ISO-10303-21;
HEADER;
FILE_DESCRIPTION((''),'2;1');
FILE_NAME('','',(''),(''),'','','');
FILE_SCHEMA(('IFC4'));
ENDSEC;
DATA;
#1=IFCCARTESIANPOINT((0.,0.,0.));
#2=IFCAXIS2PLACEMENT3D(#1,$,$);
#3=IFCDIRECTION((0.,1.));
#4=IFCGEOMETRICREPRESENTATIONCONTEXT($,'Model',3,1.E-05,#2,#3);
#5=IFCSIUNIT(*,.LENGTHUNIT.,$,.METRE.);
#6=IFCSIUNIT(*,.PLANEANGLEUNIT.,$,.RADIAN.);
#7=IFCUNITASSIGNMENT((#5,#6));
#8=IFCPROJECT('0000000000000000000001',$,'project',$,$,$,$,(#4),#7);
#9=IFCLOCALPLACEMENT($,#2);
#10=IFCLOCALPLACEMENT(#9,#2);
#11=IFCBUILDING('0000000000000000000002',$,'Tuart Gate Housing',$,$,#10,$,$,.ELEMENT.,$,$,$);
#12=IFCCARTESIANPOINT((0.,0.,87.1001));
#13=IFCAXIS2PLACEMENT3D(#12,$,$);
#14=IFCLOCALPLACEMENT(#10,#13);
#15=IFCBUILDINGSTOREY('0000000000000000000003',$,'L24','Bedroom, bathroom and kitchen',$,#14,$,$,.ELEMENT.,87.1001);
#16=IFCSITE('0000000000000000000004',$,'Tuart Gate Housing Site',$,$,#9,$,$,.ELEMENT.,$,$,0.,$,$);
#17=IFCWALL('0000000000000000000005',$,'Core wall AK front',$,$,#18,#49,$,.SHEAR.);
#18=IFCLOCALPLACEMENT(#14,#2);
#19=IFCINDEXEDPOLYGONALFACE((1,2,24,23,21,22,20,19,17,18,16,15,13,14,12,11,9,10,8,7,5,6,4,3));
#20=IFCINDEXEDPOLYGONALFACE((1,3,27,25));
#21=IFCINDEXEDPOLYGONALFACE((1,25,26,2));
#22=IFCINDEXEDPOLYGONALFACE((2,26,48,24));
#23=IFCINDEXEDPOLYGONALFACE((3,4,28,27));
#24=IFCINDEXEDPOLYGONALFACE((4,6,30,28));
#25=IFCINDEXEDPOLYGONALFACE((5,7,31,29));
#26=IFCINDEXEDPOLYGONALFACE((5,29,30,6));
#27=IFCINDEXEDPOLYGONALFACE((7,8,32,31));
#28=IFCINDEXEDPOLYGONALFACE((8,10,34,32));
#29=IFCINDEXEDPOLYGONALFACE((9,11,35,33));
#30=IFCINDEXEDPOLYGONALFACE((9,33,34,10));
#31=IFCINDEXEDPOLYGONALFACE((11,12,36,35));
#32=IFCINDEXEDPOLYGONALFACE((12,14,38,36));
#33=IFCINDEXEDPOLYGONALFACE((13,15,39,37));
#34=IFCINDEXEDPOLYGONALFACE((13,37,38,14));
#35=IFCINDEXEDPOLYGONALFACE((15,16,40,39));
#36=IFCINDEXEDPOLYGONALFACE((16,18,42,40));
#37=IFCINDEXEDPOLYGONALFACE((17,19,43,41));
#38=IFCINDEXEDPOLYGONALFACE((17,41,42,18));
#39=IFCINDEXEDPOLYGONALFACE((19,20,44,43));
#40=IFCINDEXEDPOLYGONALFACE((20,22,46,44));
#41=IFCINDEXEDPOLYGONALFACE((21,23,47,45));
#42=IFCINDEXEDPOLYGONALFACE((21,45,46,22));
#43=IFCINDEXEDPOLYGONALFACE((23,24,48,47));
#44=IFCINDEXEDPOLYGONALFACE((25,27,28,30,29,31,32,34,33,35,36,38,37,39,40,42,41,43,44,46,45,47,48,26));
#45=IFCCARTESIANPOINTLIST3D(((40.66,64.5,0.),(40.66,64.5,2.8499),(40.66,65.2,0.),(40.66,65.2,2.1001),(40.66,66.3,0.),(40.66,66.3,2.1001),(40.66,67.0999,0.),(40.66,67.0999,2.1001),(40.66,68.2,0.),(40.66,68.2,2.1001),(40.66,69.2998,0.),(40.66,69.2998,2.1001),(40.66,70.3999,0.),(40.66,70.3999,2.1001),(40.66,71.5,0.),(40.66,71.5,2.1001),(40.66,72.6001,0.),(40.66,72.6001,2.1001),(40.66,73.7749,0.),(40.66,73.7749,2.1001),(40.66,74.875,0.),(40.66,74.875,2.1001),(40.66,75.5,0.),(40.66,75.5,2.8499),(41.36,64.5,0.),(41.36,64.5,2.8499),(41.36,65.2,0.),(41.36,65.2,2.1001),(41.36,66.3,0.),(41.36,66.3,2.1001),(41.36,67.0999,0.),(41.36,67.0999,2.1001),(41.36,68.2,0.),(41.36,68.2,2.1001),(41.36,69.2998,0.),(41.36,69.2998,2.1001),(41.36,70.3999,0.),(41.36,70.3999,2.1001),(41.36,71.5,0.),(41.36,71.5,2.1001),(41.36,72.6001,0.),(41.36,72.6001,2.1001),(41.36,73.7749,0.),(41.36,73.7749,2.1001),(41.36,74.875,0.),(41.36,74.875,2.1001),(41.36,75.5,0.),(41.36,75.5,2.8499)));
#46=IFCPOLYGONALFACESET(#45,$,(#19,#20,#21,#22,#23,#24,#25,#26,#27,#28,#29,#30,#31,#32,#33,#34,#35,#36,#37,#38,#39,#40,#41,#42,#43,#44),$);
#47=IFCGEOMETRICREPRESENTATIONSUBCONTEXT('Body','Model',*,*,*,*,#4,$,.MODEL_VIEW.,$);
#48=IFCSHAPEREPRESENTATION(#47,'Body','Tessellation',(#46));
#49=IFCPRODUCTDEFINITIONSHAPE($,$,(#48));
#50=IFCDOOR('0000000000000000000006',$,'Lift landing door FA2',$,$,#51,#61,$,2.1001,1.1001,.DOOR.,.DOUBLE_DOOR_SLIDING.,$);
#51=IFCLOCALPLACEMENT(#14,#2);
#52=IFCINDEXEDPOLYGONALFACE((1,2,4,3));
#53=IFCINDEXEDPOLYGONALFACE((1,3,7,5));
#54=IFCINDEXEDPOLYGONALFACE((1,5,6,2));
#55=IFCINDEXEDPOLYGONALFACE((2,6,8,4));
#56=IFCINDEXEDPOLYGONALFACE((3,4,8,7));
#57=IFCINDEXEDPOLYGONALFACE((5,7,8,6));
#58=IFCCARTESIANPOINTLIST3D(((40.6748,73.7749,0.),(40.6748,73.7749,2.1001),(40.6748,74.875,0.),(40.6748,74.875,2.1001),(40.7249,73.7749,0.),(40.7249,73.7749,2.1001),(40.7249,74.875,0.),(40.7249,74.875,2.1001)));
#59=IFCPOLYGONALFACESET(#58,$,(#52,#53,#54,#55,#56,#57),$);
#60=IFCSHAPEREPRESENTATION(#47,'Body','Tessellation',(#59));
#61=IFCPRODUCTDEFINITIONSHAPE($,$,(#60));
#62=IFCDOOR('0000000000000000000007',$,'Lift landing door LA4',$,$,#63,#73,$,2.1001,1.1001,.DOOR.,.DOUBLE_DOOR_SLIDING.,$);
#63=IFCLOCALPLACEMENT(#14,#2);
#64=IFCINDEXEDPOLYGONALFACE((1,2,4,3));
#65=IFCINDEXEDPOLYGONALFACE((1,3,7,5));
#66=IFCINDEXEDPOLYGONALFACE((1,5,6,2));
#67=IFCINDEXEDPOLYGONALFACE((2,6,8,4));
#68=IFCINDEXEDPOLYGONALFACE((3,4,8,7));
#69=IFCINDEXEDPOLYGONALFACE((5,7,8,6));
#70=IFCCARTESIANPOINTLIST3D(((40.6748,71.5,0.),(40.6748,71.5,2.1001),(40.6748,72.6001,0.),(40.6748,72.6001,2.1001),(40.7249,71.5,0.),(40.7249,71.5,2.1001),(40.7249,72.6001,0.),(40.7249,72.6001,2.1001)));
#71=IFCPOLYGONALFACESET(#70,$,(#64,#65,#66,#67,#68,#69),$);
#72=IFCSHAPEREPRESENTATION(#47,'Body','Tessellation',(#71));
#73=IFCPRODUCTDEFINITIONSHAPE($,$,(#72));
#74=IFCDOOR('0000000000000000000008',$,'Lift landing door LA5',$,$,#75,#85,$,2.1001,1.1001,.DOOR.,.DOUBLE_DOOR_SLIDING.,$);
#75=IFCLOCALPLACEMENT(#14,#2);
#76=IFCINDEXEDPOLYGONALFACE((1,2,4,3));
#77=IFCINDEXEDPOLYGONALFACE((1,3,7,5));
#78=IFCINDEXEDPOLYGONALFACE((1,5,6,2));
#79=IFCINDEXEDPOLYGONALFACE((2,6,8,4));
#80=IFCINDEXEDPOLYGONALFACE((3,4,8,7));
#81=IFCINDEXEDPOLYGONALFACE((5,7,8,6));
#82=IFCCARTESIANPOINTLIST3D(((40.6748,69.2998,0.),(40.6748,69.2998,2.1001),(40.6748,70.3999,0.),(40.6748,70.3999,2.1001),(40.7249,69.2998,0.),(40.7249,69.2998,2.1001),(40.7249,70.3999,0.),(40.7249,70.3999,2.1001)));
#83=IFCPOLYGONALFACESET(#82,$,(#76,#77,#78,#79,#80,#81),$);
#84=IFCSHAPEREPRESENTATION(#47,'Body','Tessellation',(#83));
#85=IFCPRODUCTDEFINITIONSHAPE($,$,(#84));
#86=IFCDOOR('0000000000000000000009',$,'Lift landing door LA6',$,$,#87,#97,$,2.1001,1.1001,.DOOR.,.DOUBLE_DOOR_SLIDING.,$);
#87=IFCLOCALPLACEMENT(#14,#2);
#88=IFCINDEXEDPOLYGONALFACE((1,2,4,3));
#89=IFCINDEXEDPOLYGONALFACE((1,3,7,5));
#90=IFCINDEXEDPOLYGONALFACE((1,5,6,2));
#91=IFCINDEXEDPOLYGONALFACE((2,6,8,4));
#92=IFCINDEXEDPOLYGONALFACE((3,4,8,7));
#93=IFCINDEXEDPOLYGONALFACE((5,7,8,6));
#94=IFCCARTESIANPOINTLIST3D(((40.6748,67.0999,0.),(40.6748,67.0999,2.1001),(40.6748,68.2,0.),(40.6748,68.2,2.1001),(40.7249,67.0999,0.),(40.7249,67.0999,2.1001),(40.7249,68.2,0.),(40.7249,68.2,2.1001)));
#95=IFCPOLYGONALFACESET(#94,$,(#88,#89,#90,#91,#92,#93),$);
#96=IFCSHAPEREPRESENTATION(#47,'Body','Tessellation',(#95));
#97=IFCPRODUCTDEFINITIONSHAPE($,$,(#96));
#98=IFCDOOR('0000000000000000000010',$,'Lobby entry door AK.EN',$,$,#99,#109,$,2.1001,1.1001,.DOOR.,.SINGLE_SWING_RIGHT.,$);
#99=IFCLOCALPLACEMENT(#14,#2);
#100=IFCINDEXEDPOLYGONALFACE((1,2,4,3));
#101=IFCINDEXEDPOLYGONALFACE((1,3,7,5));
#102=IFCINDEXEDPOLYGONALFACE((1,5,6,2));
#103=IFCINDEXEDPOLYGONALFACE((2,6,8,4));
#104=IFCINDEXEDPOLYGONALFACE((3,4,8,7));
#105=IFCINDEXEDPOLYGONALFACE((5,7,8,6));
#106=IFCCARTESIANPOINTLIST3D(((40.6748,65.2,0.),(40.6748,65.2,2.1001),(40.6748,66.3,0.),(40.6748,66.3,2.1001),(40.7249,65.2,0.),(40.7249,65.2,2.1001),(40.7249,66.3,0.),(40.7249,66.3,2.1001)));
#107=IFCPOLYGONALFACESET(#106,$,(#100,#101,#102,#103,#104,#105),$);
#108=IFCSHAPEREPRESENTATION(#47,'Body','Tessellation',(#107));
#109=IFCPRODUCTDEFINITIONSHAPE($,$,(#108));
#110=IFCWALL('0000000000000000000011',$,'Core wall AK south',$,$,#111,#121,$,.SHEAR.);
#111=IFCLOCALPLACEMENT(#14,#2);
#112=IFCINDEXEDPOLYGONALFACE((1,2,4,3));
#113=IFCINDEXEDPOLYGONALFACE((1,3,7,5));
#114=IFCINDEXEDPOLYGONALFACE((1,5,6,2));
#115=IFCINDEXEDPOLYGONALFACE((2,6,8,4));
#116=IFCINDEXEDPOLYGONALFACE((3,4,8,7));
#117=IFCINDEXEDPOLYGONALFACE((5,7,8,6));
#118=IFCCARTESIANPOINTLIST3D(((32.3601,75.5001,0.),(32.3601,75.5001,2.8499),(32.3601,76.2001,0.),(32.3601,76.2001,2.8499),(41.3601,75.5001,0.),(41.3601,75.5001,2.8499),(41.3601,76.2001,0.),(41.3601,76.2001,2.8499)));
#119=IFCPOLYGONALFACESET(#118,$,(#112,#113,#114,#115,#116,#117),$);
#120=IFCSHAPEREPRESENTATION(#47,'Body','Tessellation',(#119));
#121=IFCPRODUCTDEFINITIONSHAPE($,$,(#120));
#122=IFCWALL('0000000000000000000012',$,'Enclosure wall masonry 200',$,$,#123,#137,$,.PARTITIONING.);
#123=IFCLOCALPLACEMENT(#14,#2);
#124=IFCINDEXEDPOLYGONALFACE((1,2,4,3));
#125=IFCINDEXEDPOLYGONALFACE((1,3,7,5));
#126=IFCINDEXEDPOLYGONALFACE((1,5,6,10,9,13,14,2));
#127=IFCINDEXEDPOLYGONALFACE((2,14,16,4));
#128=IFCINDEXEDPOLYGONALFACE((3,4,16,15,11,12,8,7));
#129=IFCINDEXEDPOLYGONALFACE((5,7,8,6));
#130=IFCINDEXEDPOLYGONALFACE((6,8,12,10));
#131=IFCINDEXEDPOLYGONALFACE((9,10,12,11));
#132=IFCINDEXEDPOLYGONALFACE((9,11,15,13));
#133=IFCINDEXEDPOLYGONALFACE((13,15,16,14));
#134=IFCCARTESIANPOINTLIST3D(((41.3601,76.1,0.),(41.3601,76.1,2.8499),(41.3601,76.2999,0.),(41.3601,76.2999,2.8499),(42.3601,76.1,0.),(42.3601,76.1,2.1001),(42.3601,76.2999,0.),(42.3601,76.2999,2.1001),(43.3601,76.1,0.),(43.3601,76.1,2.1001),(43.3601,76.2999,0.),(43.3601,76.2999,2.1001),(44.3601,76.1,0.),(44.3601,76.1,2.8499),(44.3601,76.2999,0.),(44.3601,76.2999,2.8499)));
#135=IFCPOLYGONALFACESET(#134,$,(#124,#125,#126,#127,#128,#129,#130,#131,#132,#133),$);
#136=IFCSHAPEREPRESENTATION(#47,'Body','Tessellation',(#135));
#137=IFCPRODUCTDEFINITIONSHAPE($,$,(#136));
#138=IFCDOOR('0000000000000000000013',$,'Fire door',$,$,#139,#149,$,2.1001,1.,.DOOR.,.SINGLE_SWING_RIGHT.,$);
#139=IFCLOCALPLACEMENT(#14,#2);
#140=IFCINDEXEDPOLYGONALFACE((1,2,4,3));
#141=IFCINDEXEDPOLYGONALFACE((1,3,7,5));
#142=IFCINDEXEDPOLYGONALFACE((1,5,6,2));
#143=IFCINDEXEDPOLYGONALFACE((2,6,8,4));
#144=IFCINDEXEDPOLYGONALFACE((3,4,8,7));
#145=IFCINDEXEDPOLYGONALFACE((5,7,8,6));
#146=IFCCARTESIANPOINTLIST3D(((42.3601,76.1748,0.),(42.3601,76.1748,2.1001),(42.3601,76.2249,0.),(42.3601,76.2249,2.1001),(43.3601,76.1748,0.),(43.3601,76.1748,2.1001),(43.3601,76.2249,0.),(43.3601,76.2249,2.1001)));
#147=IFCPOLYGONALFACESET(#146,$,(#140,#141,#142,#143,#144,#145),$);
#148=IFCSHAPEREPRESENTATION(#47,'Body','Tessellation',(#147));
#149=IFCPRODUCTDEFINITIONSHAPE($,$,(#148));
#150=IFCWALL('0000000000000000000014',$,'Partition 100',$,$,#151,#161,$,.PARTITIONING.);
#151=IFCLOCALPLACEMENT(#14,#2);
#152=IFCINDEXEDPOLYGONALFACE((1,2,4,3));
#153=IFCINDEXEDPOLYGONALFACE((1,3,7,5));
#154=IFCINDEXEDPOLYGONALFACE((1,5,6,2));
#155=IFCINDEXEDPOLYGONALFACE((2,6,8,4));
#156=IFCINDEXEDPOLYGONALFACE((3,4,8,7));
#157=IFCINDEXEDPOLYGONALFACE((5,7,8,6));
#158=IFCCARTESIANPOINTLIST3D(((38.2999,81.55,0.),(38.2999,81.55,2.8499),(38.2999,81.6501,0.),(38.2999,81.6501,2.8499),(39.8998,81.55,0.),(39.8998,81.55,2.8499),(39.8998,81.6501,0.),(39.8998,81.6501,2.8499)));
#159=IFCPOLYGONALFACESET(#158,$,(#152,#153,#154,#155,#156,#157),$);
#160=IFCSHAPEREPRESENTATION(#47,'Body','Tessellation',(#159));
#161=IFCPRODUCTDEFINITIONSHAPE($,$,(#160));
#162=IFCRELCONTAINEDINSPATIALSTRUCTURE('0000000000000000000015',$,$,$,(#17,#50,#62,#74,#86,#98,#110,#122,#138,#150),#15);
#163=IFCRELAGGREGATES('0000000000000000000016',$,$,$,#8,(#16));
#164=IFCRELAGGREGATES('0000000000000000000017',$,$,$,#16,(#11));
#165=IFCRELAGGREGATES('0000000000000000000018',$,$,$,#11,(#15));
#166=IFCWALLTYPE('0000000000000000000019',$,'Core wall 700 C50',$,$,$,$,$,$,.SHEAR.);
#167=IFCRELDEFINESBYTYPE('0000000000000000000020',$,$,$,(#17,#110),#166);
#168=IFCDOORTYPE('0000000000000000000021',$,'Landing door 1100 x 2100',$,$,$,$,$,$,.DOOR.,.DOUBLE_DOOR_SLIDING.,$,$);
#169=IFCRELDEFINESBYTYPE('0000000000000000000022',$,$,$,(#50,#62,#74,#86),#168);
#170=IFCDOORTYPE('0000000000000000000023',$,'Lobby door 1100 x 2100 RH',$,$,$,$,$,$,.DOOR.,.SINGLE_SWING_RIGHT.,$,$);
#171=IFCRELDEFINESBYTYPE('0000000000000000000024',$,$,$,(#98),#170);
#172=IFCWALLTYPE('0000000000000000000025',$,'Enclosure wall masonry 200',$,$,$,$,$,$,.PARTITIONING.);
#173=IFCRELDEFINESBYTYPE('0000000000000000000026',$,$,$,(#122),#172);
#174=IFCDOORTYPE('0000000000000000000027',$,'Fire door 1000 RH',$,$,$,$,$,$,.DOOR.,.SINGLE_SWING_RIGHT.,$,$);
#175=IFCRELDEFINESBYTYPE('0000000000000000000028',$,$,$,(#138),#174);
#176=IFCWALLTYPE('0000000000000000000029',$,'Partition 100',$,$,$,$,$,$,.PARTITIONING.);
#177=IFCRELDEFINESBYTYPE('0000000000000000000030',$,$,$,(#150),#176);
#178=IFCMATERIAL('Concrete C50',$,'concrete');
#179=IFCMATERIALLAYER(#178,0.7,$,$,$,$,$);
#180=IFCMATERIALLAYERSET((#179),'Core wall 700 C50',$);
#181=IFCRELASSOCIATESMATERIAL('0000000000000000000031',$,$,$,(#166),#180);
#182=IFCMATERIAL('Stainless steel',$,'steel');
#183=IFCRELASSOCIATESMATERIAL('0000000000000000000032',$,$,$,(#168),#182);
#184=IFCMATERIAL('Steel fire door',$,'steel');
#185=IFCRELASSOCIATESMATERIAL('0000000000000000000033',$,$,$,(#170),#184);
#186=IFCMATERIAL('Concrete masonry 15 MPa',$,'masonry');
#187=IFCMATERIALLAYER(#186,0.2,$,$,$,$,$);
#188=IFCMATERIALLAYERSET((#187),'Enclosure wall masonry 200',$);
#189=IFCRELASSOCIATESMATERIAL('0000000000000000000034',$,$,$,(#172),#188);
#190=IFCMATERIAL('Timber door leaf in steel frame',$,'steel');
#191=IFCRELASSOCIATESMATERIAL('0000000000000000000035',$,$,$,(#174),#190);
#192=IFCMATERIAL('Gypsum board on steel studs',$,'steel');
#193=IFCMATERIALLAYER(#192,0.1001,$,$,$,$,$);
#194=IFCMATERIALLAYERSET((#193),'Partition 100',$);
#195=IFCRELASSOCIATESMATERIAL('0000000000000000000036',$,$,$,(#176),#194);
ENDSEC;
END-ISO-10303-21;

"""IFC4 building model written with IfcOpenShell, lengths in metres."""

from ifc_helpers import new_model, si_unit, direction, frame, frame_2d, origin, place, context, subcontext, project, spatial, rectangle, extrude, material, layer, layer_set, type_object, element, fill, save


model = new_model("IFC4")

# Units and contexts
model_context = context("Model", 3, precision=1e-05, world=origin(), true_north=direction((0.0, 1.0)))
body_context = subcontext(model_context, "Body", "Model", "MODEL_VIEW")
ifc_project = project(units=[si_unit("LENGTHUNIT", "METRE"), si_unit("PLANEANGLEUNIT", "RADIAN")], contexts=[model_context])

# Site, building, storey
site_placement = place(None, origin())
site = spatial("IfcSite", under=ifc_project, at=site_placement, Name="Tuart Gate Housing Site", CompositionType="ELEMENT", RefElevation=0.0)
building_placement = place(site_placement, origin())
building = spatial("IfcBuilding", under=site, at=building_placement, Name="Tuart Gate Housing", CompositionType="ELEMENT")
storey_placement = place(building_placement, frame((0.0, 0.0, 87.1001)))
storey = spatial("IfcBuildingStorey", under=building, at=storey_placement, Name="L24", Description="Bedroom, bathroom and kitchen", CompositionType="ELEMENT", Elevation=87.1001)

# Wall, openings, doors
ifc_material_1 = material(Name="Concrete C50", Category="concrete")
ifc_layer_1 = layer(ifc_material_1, 0.7)
ifc_layer_set_1 = layer_set([ifc_layer_1], Name="Core wall 700 C50")
wall_type_1 = type_object("IfcWallType", Name="Core wall 700 C50", PredefinedType="SHEAR", material=ifc_layer_set_1)
wall_1_placement = place(storey_placement, frame((41.01, 75.5, 0.0), z_axis=(0.0, 0.0, 1.0), x_axis=(0.0, -1.0, 0.0)))
wall_1 = element("IfcWall", 1, at=wall_1_placement, inside=storey, type_object=wall_type_1, Name="Core wall AK front", PredefinedType="SHEAR", context=body_context, shape_type="SweptSolid", body=[
    extrude(rectangle(XDim=11.0, YDim=0.7, at=frame_2d((5.5, 0.0))), origin(), (0.0, 0.0, 1.0), 2.8499),
])
opening_1_placement = place(wall_1_placement, frame((0.625, 0.0, 0.0)))
opening_1 = element("IfcOpeningElement", 2, at=opening_1_placement, cuts=wall_1, PredefinedType="OPENING", context=body_context, shape_type="SweptSolid", body=[
    extrude(rectangle(XDim=1.1001, YDim=2.1001, at=frame_2d((0.55, 1.05))), frame((0.0, 0.3599, 0.0), z_axis=(0.0, -1.0, 0.0), x_axis=(1.0, 0.0, 0.0)), (0.0, 0.0, 1.0), 0.72),
])
opening_2_placement = place(wall_1_placement, frame((2.8999, 0.0, 0.0)))
opening_2 = element("IfcOpeningElement", 3, at=opening_2_placement, cuts=wall_1, PredefinedType="OPENING", context=body_context, shape_type="SweptSolid", body=[
    extrude(rectangle(XDim=1.1001, YDim=2.1001, at=frame_2d((0.55, 1.05))), frame((0.0, 0.3599, 0.0), z_axis=(0.0, -1.0, 0.0), x_axis=(1.0, 0.0, 0.0)), (0.0, 0.0, 1.0), 0.72),
])
opening_3_placement = place(wall_1_placement, frame((5.1001, 0.0, 0.0)))
opening_3 = element("IfcOpeningElement", 4, at=opening_3_placement, cuts=wall_1, PredefinedType="OPENING", context=body_context, shape_type="SweptSolid", body=[
    extrude(rectangle(XDim=1.1001, YDim=2.1001, at=frame_2d((0.55, 1.05))), frame((0.0, 0.3599, 0.0), z_axis=(0.0, -1.0, 0.0), x_axis=(1.0, 0.0, 0.0)), (0.0, 0.0, 1.0), 0.72),
])
opening_4_placement = place(wall_1_placement, frame((7.3, 0.0, 0.0)))
opening_4 = element("IfcOpeningElement", 5, at=opening_4_placement, cuts=wall_1, PredefinedType="OPENING", context=body_context, shape_type="SweptSolid", body=[
    extrude(rectangle(XDim=1.1001, YDim=2.1001, at=frame_2d((0.55, 1.05))), frame((0.0, 0.3599, 0.0), z_axis=(0.0, -1.0, 0.0), x_axis=(1.0, 0.0, 0.0)), (0.0, 0.0, 1.0), 0.72),
])
opening_5_placement = place(wall_1_placement, frame((9.2, 0.0, 0.0)))
opening_5 = element("IfcOpeningElement", 6, at=opening_5_placement, cuts=wall_1, PredefinedType="OPENING", context=body_context, shape_type="SweptSolid", body=[
    extrude(rectangle(XDim=1.1001, YDim=2.1001, at=frame_2d((0.55, 1.05))), frame((0.0, 0.3599, 0.0), z_axis=(0.0, -1.0, 0.0), x_axis=(1.0, 0.0, 0.0)), (0.0, 0.0, 1.0), 0.72),
])
ifc_material_2 = material(Name="Stainless steel", Category="steel")
door_type_1 = type_object("IfcDoorType", Name="Landing door 1100 x 2100", OperationType="DOUBLE_DOOR_SLIDING", PredefinedType="DOOR", material=ifc_material_2)
door_1_placement = place(opening_1_placement, origin())
door_1 = element("IfcDoor", 7, at=door_1_placement, inside=storey, type_object=door_type_1, Name="Lift landing door FA2", OperationType="DOUBLE_DOOR_SLIDING", OverallHeight=2.1001, OverallWidth=1.1001, PredefinedType="DOOR", context=body_context, shape_type="SweptSolid", body=[
    extrude(rectangle(XDim=1.1001, YDim=2.1001, at=frame_2d((0.55, 1.05))), frame((0.0, -0.2852, 0.0), z_axis=(0.0, -1.0, 0.0), x_axis=(1.0, 0.0, 0.0)), (0.0, 0.0, 1.0), 0.05),
])
fill(opening_1, door_1)
door_2_placement = place(opening_2_placement, origin())
door_2 = element("IfcDoor", 8, at=door_2_placement, inside=storey, type_object=door_type_1, Name="Lift landing door LA4", OperationType="DOUBLE_DOOR_SLIDING", OverallHeight=2.1001, OverallWidth=1.1001, PredefinedType="DOOR", context=body_context, shape_type="SweptSolid", body=[
    extrude(rectangle(XDim=1.1001, YDim=2.1001, at=frame_2d((0.55, 1.05))), frame((0.0, -0.2852, 0.0), z_axis=(0.0, -1.0, 0.0), x_axis=(1.0, 0.0, 0.0)), (0.0, 0.0, 1.0), 0.05),
])
fill(opening_2, door_2)
door_3_placement = place(opening_3_placement, origin())
door_3 = element("IfcDoor", 9, at=door_3_placement, inside=storey, type_object=door_type_1, Name="Lift landing door LA5", OperationType="DOUBLE_DOOR_SLIDING", OverallHeight=2.1001, OverallWidth=1.1001, PredefinedType="DOOR", context=body_context, shape_type="SweptSolid", body=[
    extrude(rectangle(XDim=1.1001, YDim=2.1001, at=frame_2d((0.55, 1.05))), frame((0.0, -0.2852, 0.0), z_axis=(0.0, -1.0, 0.0), x_axis=(1.0, 0.0, 0.0)), (0.0, 0.0, 1.0), 0.05),
])
fill(opening_3, door_3)
door_4_placement = place(opening_4_placement, origin())
door_4 = element("IfcDoor", 10, at=door_4_placement, inside=storey, type_object=door_type_1, Name="Lift landing door LA6", OperationType="DOUBLE_DOOR_SLIDING", OverallHeight=2.1001, OverallWidth=1.1001, PredefinedType="DOOR", context=body_context, shape_type="SweptSolid", body=[
    extrude(rectangle(XDim=1.1001, YDim=2.1001, at=frame_2d((0.55, 1.05))), frame((0.0, -0.2852, 0.0), z_axis=(0.0, -1.0, 0.0), x_axis=(1.0, 0.0, 0.0)), (0.0, 0.0, 1.0), 0.05),
])
fill(opening_4, door_4)
ifc_material_3 = material(Name="Steel fire door", Category="steel")
door_type_2 = type_object("IfcDoorType", Name="Lobby door 1100 x 2100 RH", OperationType="SINGLE_SWING_RIGHT", PredefinedType="DOOR", material=ifc_material_3)
door_5_placement = place(opening_5_placement, frame((1.1001, 0.0, 0.0), z_axis=(0.0, 0.0, 1.0), x_axis=(-1.0, 0.0, 0.0)))
door_5 = element("IfcDoor", 11, at=door_5_placement, inside=storey, type_object=door_type_2, Name="Lobby entry door AK.EN", OperationType="SINGLE_SWING_RIGHT", OverallHeight=2.1001, OverallWidth=1.1001, PredefinedType="DOOR", context=body_context, shape_type="SweptSolid", body=[
    extrude(rectangle(XDim=1.1001, YDim=2.1001, at=frame_2d((0.55, 1.05))), frame((0.0, 0.3352, 0.0), z_axis=(0.0, -1.0, 0.0), x_axis=(1.0, 0.0, 0.0)), (0.0, 0.0, 1.0), 0.05),
])
fill(opening_5, door_5)

# Wall
wall_2_placement = place(storey_placement, frame((41.3601, 75.8501, 0.0), z_axis=(0.0, 0.0, 1.0), x_axis=(-1.0, 0.0, 0.0)))
element("IfcWall", 12, at=wall_2_placement, inside=storey, type_object=wall_type_1, Name="Core wall AK south", PredefinedType="SHEAR", context=body_context, shape_type="SweptSolid", body=[
    extrude(rectangle(XDim=9.0, YDim=0.7, at=frame_2d((4.5, 0.0))), origin(), (0.0, 0.0, 1.0), 2.8499),
])

# Wall, opening, door
ifc_material_4 = material(Name="Concrete masonry 15 MPa", Category="masonry")
ifc_layer_2 = layer(ifc_material_4, 0.2)
ifc_layer_set_2 = layer_set([ifc_layer_2], Name="Enclosure wall masonry 200")
wall_type_2 = type_object("IfcWallType", Name="Enclosure wall masonry 200", PredefinedType="PARTITIONING", material=ifc_layer_set_2)
wall_3_placement = place(storey_placement, frame((41.3601, 76.2, 0.0), z_axis=(0.0, 0.0, 1.0), x_axis=(1.0, 0.0, 0.0)))
wall_3 = element("IfcWall", 13, at=wall_3_placement, inside=storey, type_object=wall_type_2, Name="Enclosure wall masonry 200", PredefinedType="PARTITIONING", context=body_context, shape_type="SweptSolid", body=[
    extrude(rectangle(XDim=3.0, YDim=0.2, at=frame_2d((1.5, 0.0))), origin(), (0.0, 0.0, 1.0), 2.8499),
])
opening_6_placement = place(wall_3_placement, frame((1.0, 0.0, 0.0)))
opening_6 = element("IfcOpeningElement", 14, at=opening_6_placement, cuts=wall_3, PredefinedType="OPENING", context=body_context, shape_type="SweptSolid", body=[
    extrude(rectangle(XDim=1.0, YDim=2.1001, at=frame_2d((0.5, 1.05))), frame((0.0, 0.1099, 0.0), z_axis=(0.0, -1.0, 0.0), x_axis=(1.0, 0.0, 0.0)), (0.0, 0.0, 1.0), 0.22),
])
ifc_material_5 = material(Name="Timber door leaf in steel frame", Category="steel")
door_type_3 = type_object("IfcDoorType", Name="Fire door 1000 RH", OperationType="SINGLE_SWING_RIGHT", PredefinedType="DOOR", material=ifc_material_5)
door_6_placement = place(opening_6_placement, origin())
door_6 = element("IfcDoor", 15, at=door_6_placement, inside=storey, type_object=door_type_3, Name="Fire door", OperationType="SINGLE_SWING_RIGHT", OverallHeight=2.1001, OverallWidth=1.0, PredefinedType="DOOR", context=body_context, shape_type="SweptSolid", body=[
    extrude(rectangle(XDim=1.0, YDim=2.1001, at=frame_2d((0.5, 1.05))), frame((0.0, 0.0249, 0.0), z_axis=(0.0, -1.0, 0.0), x_axis=(1.0, 0.0, 0.0)), (0.0, 0.0, 1.0), 0.05),
])
fill(opening_6, door_6)

# Wall
ifc_material_6 = material(Name="Gypsum board on steel studs", Category="steel")
ifc_layer_3 = layer(ifc_material_6, 0.1001)
ifc_layer_set_3 = layer_set([ifc_layer_3], Name="Partition 100")
wall_type_3 = type_object("IfcWallType", Name="Partition 100", PredefinedType="PARTITIONING", material=ifc_layer_set_3)
wall_4_placement = place(storey_placement, frame((38.3, 81.6001, 0.0), z_axis=(0.0, 0.0, 1.0), x_axis=(1.0, 0.0, 0.0)))
element("IfcWall", 16, at=wall_4_placement, inside=storey, type_object=wall_type_3, Name="Partition 100", PredefinedType="PARTITIONING", context=body_context, shape_type="SweptSolid", body=[
    extrude(rectangle(XDim=1.5999, YDim=0.1001, at=frame_2d((0.7998, 0.0))), origin(), (0.0, 0.0, 1.0), 2.8499),
])

save(model, "model.ifc")
